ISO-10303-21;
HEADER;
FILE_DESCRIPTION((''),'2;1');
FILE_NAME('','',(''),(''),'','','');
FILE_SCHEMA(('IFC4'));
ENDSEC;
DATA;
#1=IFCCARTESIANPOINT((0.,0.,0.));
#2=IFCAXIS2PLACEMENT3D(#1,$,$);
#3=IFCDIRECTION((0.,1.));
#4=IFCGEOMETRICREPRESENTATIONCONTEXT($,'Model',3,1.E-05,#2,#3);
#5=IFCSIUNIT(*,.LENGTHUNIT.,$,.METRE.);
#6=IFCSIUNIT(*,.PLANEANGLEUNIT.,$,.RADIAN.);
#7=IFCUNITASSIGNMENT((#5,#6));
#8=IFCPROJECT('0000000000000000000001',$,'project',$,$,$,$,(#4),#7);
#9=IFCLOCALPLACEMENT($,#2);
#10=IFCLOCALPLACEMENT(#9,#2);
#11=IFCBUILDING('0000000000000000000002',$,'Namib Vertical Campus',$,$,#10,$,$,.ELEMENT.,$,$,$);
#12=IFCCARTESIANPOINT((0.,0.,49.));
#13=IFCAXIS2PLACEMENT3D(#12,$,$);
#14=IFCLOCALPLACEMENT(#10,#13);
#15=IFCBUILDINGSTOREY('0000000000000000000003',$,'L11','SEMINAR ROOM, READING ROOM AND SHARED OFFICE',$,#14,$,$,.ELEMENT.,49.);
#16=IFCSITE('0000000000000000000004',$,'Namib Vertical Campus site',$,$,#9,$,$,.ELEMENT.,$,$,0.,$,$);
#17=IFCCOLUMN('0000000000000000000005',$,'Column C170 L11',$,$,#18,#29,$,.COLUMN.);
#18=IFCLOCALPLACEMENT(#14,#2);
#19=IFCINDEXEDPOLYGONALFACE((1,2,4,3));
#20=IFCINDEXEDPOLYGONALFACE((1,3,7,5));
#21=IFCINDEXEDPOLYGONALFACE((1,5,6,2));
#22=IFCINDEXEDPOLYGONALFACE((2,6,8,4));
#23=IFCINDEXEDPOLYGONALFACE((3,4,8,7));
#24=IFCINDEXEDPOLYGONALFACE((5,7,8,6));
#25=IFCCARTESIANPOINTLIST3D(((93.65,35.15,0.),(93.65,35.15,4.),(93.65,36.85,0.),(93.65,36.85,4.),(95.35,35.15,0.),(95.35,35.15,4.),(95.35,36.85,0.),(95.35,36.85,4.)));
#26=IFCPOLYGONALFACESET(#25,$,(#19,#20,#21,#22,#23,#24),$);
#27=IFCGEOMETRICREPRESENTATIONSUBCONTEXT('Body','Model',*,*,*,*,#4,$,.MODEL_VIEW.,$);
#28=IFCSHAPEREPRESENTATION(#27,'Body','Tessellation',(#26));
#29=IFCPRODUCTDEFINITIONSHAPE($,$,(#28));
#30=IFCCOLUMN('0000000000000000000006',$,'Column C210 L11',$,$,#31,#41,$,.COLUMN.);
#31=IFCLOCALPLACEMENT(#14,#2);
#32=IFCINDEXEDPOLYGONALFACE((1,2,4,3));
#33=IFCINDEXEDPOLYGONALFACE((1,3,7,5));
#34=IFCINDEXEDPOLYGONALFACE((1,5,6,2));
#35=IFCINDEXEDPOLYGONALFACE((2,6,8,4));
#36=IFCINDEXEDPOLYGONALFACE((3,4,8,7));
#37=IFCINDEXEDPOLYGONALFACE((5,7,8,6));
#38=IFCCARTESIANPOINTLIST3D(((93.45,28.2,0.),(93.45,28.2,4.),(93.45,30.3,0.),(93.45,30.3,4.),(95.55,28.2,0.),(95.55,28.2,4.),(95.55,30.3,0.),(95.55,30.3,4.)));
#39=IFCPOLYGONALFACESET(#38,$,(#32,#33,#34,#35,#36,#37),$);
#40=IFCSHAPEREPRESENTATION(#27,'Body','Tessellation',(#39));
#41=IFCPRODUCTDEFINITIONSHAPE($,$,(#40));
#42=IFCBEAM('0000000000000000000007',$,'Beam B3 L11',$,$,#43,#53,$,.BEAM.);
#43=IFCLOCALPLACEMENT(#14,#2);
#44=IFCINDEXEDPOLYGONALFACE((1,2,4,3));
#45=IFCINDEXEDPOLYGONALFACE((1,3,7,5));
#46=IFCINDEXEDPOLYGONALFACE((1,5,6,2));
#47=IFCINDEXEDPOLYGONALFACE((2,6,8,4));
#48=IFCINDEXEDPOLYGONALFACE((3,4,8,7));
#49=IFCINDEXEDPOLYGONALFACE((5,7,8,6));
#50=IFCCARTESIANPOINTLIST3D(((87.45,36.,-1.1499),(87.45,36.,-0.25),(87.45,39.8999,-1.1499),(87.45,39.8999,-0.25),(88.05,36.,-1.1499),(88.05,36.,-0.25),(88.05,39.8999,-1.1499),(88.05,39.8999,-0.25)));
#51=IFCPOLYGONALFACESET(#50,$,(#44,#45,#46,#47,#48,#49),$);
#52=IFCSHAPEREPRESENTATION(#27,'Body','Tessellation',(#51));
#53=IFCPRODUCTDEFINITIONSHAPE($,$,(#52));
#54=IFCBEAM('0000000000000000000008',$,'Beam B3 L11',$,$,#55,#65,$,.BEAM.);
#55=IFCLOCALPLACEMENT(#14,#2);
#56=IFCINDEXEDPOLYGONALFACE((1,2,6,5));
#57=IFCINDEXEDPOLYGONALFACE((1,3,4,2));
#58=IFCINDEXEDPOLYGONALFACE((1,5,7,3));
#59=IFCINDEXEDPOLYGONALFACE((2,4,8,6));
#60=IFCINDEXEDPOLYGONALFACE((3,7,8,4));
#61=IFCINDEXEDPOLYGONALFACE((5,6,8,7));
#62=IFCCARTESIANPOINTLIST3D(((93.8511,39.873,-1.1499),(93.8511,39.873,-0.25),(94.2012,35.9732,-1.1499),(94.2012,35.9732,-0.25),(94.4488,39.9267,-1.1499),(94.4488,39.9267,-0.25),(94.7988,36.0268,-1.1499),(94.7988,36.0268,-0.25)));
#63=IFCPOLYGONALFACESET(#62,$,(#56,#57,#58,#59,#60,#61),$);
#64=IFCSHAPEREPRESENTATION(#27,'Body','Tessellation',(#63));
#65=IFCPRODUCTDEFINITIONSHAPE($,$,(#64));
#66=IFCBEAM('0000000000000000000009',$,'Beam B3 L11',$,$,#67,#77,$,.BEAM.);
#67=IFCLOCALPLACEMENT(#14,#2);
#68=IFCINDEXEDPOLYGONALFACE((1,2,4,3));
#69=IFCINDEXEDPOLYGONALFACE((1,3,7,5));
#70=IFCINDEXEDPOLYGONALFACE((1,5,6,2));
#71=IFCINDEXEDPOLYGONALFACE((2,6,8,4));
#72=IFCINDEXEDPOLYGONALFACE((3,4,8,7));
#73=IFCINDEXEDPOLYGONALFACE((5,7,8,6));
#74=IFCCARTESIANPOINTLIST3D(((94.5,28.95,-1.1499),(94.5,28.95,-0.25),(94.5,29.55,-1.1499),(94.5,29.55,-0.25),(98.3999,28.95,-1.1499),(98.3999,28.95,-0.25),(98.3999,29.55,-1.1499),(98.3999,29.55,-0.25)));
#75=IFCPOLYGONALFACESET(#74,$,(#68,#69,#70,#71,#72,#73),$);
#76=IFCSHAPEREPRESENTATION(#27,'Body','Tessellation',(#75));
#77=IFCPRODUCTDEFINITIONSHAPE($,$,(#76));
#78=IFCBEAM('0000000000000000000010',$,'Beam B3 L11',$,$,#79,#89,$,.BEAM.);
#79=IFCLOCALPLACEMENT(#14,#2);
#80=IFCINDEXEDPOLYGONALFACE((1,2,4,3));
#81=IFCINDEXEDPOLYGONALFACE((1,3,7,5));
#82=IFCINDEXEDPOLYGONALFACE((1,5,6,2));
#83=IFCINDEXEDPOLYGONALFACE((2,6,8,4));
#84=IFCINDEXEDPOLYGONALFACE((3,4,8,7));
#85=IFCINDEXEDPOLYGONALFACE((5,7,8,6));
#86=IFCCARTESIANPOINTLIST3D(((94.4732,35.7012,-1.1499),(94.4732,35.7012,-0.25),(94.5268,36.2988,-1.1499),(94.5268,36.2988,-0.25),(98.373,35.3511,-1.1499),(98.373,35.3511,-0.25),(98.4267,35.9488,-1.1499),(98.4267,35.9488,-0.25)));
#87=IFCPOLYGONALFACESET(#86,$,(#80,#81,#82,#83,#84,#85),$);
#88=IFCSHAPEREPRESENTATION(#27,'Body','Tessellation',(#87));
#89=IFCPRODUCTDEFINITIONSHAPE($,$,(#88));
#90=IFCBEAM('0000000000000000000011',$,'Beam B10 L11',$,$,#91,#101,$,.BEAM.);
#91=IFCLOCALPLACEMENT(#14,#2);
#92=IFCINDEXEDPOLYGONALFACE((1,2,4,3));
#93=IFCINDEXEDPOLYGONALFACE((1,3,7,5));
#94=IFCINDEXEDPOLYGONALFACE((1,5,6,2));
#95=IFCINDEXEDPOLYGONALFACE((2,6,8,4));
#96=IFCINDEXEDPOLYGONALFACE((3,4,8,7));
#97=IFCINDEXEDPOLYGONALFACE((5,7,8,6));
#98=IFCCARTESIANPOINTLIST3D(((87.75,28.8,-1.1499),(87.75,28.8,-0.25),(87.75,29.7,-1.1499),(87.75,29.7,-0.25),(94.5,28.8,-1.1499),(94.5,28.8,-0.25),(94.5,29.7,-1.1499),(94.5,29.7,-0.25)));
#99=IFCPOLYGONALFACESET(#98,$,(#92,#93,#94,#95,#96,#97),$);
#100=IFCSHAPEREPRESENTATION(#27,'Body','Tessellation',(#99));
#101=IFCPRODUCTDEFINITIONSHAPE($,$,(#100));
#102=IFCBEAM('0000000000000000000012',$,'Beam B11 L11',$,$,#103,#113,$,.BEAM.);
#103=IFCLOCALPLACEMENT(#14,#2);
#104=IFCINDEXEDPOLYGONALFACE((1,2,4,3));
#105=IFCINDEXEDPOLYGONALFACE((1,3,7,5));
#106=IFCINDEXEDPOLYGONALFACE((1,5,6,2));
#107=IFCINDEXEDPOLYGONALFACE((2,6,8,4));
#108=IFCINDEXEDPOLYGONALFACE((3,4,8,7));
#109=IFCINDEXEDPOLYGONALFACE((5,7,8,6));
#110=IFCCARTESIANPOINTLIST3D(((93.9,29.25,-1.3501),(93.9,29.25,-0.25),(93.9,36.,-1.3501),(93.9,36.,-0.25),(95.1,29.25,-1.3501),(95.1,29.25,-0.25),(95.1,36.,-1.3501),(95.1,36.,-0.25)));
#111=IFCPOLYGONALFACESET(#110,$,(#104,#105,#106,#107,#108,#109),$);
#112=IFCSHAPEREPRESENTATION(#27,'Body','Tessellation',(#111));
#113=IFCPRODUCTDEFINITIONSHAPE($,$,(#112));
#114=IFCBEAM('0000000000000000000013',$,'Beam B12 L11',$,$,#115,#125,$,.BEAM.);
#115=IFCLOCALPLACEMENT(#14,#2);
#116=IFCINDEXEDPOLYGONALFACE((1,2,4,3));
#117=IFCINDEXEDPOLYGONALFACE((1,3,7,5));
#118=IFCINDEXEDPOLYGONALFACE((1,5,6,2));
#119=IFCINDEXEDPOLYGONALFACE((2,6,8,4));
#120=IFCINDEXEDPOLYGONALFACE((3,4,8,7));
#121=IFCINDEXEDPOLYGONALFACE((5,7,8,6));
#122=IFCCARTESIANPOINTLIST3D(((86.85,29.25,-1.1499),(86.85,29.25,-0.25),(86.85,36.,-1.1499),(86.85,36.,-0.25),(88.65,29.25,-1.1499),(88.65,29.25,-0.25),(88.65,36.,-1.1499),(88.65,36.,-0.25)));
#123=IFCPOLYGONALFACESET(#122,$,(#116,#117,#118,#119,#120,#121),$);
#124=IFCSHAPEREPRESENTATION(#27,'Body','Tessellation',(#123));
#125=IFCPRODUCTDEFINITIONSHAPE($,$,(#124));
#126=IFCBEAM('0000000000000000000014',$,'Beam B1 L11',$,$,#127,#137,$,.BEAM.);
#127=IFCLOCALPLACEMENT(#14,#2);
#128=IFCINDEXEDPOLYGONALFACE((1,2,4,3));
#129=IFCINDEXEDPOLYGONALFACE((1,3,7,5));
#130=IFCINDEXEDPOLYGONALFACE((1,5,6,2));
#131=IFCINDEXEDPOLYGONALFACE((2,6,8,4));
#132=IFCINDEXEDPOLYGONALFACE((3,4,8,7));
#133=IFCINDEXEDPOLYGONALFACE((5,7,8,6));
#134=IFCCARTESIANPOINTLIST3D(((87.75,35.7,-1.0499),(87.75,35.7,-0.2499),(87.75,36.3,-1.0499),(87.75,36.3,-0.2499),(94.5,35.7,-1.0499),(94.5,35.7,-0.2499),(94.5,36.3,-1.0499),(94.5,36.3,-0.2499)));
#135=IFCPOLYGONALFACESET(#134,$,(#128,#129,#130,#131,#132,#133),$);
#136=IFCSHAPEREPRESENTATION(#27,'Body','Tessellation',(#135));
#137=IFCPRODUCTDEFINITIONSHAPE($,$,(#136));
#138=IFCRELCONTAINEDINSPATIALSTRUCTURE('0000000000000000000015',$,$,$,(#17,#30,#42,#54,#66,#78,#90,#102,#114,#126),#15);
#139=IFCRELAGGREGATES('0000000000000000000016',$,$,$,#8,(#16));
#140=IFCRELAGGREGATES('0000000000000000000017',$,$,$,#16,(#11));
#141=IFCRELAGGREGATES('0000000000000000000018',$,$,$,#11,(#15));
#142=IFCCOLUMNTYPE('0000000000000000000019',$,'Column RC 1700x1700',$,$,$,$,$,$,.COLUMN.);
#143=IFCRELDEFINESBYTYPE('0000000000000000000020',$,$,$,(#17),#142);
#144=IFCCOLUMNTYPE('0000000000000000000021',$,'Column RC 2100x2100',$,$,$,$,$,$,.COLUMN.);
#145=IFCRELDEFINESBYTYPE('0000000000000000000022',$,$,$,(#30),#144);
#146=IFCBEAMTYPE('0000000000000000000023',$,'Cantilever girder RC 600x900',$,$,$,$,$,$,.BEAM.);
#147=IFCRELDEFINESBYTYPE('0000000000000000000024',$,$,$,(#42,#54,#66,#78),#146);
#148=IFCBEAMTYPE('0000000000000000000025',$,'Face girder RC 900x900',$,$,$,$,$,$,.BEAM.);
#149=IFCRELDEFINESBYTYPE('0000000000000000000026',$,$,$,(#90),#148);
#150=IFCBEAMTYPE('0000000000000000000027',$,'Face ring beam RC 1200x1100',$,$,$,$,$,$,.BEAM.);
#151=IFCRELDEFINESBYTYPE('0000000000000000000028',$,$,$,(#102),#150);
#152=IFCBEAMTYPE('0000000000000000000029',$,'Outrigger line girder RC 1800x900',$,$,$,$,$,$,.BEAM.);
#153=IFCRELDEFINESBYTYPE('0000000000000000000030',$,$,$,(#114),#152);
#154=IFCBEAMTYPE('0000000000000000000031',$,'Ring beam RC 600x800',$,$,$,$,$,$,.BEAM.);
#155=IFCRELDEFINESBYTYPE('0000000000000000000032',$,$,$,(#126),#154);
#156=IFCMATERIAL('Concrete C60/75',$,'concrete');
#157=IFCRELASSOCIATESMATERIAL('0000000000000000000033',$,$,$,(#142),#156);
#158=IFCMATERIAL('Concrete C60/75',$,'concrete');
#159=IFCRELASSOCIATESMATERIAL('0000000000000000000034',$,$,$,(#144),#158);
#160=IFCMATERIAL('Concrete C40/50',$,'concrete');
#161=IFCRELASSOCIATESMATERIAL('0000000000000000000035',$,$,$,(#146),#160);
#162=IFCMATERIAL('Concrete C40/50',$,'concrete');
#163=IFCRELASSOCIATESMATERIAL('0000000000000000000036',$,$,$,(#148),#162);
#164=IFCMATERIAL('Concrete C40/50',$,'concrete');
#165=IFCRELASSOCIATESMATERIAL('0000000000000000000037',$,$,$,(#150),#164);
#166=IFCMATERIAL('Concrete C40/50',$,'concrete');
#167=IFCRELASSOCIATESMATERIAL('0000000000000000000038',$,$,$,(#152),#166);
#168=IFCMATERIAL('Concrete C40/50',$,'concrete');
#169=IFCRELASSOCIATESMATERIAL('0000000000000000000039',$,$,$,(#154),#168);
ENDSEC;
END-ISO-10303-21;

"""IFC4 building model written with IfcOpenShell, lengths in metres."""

from ifc_helpers import new_model, si_unit, direction, frame, origin, origin_2d, place, context, subcontext, project, spatial, rectangle, extrude, material, material_profile, profile_set, type_object, element, save


model = new_model("IFC4")

# Units and contexts
model_context = context("Model", 3, precision=1e-05, world=origin(), true_north=direction((0.0, 1.0)))
body_context = subcontext(model_context, "Body", "Model", "MODEL_VIEW")
ifc_project = project(units=[si_unit("LENGTHUNIT", "METRE"), si_unit("PLANEANGLEUNIT", "RADIAN")], contexts=[model_context])

# Site, building, storey
site_placement = place(None, origin())
site = spatial("IfcSite", under=ifc_project, at=site_placement, Name="Namib Vertical Campus site", CompositionType="ELEMENT", RefElevation=0.0)
building_placement = place(site_placement, origin())
building = spatial("IfcBuilding", under=site, at=building_placement, Name="Namib Vertical Campus", CompositionType="ELEMENT")
storey_placement = place(building_placement, frame((0.0, 0.0, 49.0)))
storey = spatial("IfcBuildingStorey", under=building, at=storey_placement, Name="L11", Description="SEMINAR ROOM, READING ROOM AND SHARED OFFICE", CompositionType="ELEMENT", Elevation=49.0)

# Columns
ifc_material_1 = material(Name="Concrete C60/75", Category="concrete")
ifc_material_profile_1 = material_profile(ifc_material_1, rectangle(XDim=1.7, YDim=1.7, at=origin_2d()))
ifc_profile_set_1 = profile_set([ifc_material_profile_1], Name="Concrete C60/75")
column_type_1 = type_object("IfcColumnType", Name="Column RC 1700x1700", PredefinedType="COLUMN", material=ifc_profile_set_1)
column_1_placement = place(storey_placement, frame((94.5, 36.0, 0.0), z_axis=(0.0, 0.0, 1.0), x_axis=(1.0, 0.0, 0.0)))
element("IfcColumn", 1, at=column_1_placement, inside=storey, type_object=column_type_1, Name="Column C170 L11", PredefinedType="COLUMN", context=body_context, shape_type="SweptSolid", body=[
    extrude(rectangle(XDim=1.7, YDim=1.7, at=origin_2d()), origin(), (0.0, 0.0, 1.0), 4.0),
])
ifc_material_2 = material(Name="Concrete C60/75", Category="concrete")
ifc_material_profile_2 = material_profile(ifc_material_2, rectangle(XDim=2.1001, YDim=2.1001, at=origin_2d()))
ifc_profile_set_2 = profile_set([ifc_material_profile_2], Name="Concrete C60/75")
column_type_2 = type_object("IfcColumnType", Name="Column RC 2100x2100", PredefinedType="COLUMN", material=ifc_profile_set_2)
column_2_placement = place(storey_placement, frame((94.5, 29.25, 0.0), z_axis=(0.0, 0.0, 1.0), x_axis=(1.0, 0.0, 0.0)))
element("IfcColumn", 2, at=column_2_placement, inside=storey, type_object=column_type_2, Name="Column C210 L11", PredefinedType="COLUMN", context=body_context, shape_type="SweptSolid", body=[
    extrude(rectangle(XDim=2.1001, YDim=2.1001, at=origin_2d()), origin(), (0.0, 0.0, 1.0), 4.0),
])

# Beams
ifc_material_3 = material(Name="Concrete C40/50", Category="concrete")
ifc_material_profile_3 = material_profile(ifc_material_3, rectangle(XDim=0.6001, YDim=0.8999, at=origin_2d()))
ifc_profile_set_3 = profile_set([ifc_material_profile_3], Name="Concrete C40/50")
beam_type_1 = type_object("IfcBeamType", Name="Cantilever girder RC 600x900", PredefinedType="BEAM", material=ifc_profile_set_3)
beam_1_placement = place(storey_placement, frame((87.75, 36.0, -0.7), z_axis=(0.0, 1.0, 0.0), x_axis=(-1.0, 0.0, 0.0)))
element("IfcBeam", 3, at=beam_1_placement, inside=storey, type_object=beam_type_1, Name="Beam B3 L11", PredefinedType="BEAM", context=body_context, shape_type="SweptSolid", body=[
    extrude(rectangle(XDim=0.6001, YDim=0.8999, at=origin_2d()), origin(), (0.0, 0.0, 1.0), 3.8999),
])
beam_2_placement = place(storey_placement, frame((94.5, 36.0, -0.7), z_axis=(-0.089411, 0.995995, 0.0), x_axis=(-0.995995, -0.089411, 0.0)))
element("IfcBeam", 4, at=beam_2_placement, inside=storey, type_object=beam_type_1, Name="Beam B3 L11", PredefinedType="BEAM", context=body_context, shape_type="SweptSolid", body=[
    extrude(rectangle(XDim=0.6001, YDim=0.8999, at=origin_2d()), origin(), (0.0, 0.0, 1.0), 3.9155),
])
beam_3_placement = place(storey_placement, frame((94.5, 29.25, -0.7), z_axis=(1.0, 0.0, 0.0), x_axis=(0.0, 1.0, 0.0)))
element("IfcBeam", 5, at=beam_3_placement, inside=storey, type_object=beam_type_1, Name="Beam B3 L11", PredefinedType="BEAM", context=body_context, shape_type="SweptSolid", body=[
    extrude(rectangle(XDim=0.6001, YDim=0.8999, at=origin_2d()), origin(), (0.0, 0.0, 1.0), 3.8999),
])
beam_4_placement = place(storey_placement, frame((94.5, 36.0, -0.7), z_axis=(0.995995, -0.089411, 0.0), x_axis=(0.089411, 0.995995, 0.0)))
element("IfcBeam", 6, at=beam_4_placement, inside=storey, type_object=beam_type_1, Name="Beam B3 L11", PredefinedType="BEAM", context=body_context, shape_type="SweptSolid", body=[
    extrude(rectangle(XDim=0.6001, YDim=0.8999, at=origin_2d()), origin(), (0.0, 0.0, 1.0), 3.9155),
])
ifc_material_4 = material(Name="Concrete C40/50", Category="concrete")
ifc_material_profile_4 = material_profile(ifc_material_4, rectangle(XDim=0.8999, YDim=0.8999, at=origin_2d()))
ifc_profile_set_4 = profile_set([ifc_material_profile_4], Name="Concrete C40/50")
beam_type_2 = type_object("IfcBeamType", Name="Face girder RC 900x900", PredefinedType="BEAM", material=ifc_profile_set_4)
beam_5_placement = place(storey_placement, frame((94.5, 29.25, -0.7), z_axis=(-1.0, 0.0, 0.0), x_axis=(0.0, -1.0, 0.0)))
element("IfcBeam", 7, at=beam_5_placement, inside=storey, type_object=beam_type_2, Name="Beam B10 L11", PredefinedType="BEAM", context=body_context, shape_type="SweptSolid", body=[
    extrude(rectangle(XDim=0.8999, YDim=0.8999, at=origin_2d()), origin(), (0.0, 0.0, 1.0), 6.75),
])
ifc_material_5 = material(Name="Concrete C40/50", Category="concrete")
ifc_material_profile_5 = material_profile(ifc_material_5, rectangle(XDim=1.2, YDim=1.1001, at=origin_2d()))
ifc_profile_set_5 = profile_set([ifc_material_profile_5], Name="Concrete C40/50")
beam_type_3 = type_object("IfcBeamType", Name="Face ring beam RC 1200x1100", PredefinedType="BEAM", material=ifc_profile_set_5)
beam_6_placement = place(storey_placement, frame((94.5, 29.25, -0.8), z_axis=(0.0, 1.0, 0.0), x_axis=(-1.0, 0.0, 0.0)))
element("IfcBeam", 8, at=beam_6_placement, inside=storey, type_object=beam_type_3, Name="Beam B11 L11", PredefinedType="BEAM", context=body_context, shape_type="SweptSolid", body=[
    extrude(rectangle(XDim=1.2, YDim=1.1001, at=origin_2d()), origin(), (0.0, 0.0, 1.0), 6.75),
])
ifc_material_6 = material(Name="Concrete C40/50", Category="concrete")
ifc_material_profile_6 = material_profile(ifc_material_6, rectangle(XDim=1.8, YDim=0.8999, at=origin_2d()))
ifc_profile_set_6 = profile_set([ifc_material_profile_6], Name="Concrete C40/50")
beam_type_4 = type_object("IfcBeamType", Name="Outrigger line girder RC 1800x900", PredefinedType="BEAM", material=ifc_profile_set_6)
beam_7_placement = place(storey_placement, frame((87.75, 36.0, -0.7), z_axis=(0.0, -1.0, 0.0), x_axis=(1.0, 0.0, 0.0)))
element("IfcBeam", 9, at=beam_7_placement, inside=storey, type_object=beam_type_4, Name="Beam B12 L11", PredefinedType="BEAM", context=body_context, shape_type="SweptSolid", body=[
    extrude(rectangle(XDim=1.8, YDim=0.8999, at=origin_2d()), origin(), (0.0, 0.0, 1.0), 6.75),
])
ifc_material_7 = material(Name="Concrete C40/50", Category="concrete")
ifc_material_profile_7 = material_profile(ifc_material_7, rectangle(XDim=0.6001, YDim=0.8, at=origin_2d()))
ifc_profile_set_7 = profile_set([ifc_material_profile_7], Name="Concrete C40/50")
beam_type_5 = type_object("IfcBeamType", Name="Ring beam RC 600x800", PredefinedType="BEAM", material=ifc_profile_set_7)
beam_8_placement = place(storey_placement, frame((87.75, 36.0, -0.6499), z_axis=(1.0, 0.0, 0.0), x_axis=(0.0, 1.0, 0.0)))
element("IfcBeam", 10, at=beam_8_placement, inside=storey, type_object=beam_type_5, Name="Beam B1 L11", PredefinedType="BEAM", context=body_context, shape_type="SweptSolid", body=[
    extrude(rectangle(XDim=0.6001, YDim=0.8, at=origin_2d()), origin(), (0.0, 0.0, 1.0), 6.75),
])

save(model, "model.ifc")
